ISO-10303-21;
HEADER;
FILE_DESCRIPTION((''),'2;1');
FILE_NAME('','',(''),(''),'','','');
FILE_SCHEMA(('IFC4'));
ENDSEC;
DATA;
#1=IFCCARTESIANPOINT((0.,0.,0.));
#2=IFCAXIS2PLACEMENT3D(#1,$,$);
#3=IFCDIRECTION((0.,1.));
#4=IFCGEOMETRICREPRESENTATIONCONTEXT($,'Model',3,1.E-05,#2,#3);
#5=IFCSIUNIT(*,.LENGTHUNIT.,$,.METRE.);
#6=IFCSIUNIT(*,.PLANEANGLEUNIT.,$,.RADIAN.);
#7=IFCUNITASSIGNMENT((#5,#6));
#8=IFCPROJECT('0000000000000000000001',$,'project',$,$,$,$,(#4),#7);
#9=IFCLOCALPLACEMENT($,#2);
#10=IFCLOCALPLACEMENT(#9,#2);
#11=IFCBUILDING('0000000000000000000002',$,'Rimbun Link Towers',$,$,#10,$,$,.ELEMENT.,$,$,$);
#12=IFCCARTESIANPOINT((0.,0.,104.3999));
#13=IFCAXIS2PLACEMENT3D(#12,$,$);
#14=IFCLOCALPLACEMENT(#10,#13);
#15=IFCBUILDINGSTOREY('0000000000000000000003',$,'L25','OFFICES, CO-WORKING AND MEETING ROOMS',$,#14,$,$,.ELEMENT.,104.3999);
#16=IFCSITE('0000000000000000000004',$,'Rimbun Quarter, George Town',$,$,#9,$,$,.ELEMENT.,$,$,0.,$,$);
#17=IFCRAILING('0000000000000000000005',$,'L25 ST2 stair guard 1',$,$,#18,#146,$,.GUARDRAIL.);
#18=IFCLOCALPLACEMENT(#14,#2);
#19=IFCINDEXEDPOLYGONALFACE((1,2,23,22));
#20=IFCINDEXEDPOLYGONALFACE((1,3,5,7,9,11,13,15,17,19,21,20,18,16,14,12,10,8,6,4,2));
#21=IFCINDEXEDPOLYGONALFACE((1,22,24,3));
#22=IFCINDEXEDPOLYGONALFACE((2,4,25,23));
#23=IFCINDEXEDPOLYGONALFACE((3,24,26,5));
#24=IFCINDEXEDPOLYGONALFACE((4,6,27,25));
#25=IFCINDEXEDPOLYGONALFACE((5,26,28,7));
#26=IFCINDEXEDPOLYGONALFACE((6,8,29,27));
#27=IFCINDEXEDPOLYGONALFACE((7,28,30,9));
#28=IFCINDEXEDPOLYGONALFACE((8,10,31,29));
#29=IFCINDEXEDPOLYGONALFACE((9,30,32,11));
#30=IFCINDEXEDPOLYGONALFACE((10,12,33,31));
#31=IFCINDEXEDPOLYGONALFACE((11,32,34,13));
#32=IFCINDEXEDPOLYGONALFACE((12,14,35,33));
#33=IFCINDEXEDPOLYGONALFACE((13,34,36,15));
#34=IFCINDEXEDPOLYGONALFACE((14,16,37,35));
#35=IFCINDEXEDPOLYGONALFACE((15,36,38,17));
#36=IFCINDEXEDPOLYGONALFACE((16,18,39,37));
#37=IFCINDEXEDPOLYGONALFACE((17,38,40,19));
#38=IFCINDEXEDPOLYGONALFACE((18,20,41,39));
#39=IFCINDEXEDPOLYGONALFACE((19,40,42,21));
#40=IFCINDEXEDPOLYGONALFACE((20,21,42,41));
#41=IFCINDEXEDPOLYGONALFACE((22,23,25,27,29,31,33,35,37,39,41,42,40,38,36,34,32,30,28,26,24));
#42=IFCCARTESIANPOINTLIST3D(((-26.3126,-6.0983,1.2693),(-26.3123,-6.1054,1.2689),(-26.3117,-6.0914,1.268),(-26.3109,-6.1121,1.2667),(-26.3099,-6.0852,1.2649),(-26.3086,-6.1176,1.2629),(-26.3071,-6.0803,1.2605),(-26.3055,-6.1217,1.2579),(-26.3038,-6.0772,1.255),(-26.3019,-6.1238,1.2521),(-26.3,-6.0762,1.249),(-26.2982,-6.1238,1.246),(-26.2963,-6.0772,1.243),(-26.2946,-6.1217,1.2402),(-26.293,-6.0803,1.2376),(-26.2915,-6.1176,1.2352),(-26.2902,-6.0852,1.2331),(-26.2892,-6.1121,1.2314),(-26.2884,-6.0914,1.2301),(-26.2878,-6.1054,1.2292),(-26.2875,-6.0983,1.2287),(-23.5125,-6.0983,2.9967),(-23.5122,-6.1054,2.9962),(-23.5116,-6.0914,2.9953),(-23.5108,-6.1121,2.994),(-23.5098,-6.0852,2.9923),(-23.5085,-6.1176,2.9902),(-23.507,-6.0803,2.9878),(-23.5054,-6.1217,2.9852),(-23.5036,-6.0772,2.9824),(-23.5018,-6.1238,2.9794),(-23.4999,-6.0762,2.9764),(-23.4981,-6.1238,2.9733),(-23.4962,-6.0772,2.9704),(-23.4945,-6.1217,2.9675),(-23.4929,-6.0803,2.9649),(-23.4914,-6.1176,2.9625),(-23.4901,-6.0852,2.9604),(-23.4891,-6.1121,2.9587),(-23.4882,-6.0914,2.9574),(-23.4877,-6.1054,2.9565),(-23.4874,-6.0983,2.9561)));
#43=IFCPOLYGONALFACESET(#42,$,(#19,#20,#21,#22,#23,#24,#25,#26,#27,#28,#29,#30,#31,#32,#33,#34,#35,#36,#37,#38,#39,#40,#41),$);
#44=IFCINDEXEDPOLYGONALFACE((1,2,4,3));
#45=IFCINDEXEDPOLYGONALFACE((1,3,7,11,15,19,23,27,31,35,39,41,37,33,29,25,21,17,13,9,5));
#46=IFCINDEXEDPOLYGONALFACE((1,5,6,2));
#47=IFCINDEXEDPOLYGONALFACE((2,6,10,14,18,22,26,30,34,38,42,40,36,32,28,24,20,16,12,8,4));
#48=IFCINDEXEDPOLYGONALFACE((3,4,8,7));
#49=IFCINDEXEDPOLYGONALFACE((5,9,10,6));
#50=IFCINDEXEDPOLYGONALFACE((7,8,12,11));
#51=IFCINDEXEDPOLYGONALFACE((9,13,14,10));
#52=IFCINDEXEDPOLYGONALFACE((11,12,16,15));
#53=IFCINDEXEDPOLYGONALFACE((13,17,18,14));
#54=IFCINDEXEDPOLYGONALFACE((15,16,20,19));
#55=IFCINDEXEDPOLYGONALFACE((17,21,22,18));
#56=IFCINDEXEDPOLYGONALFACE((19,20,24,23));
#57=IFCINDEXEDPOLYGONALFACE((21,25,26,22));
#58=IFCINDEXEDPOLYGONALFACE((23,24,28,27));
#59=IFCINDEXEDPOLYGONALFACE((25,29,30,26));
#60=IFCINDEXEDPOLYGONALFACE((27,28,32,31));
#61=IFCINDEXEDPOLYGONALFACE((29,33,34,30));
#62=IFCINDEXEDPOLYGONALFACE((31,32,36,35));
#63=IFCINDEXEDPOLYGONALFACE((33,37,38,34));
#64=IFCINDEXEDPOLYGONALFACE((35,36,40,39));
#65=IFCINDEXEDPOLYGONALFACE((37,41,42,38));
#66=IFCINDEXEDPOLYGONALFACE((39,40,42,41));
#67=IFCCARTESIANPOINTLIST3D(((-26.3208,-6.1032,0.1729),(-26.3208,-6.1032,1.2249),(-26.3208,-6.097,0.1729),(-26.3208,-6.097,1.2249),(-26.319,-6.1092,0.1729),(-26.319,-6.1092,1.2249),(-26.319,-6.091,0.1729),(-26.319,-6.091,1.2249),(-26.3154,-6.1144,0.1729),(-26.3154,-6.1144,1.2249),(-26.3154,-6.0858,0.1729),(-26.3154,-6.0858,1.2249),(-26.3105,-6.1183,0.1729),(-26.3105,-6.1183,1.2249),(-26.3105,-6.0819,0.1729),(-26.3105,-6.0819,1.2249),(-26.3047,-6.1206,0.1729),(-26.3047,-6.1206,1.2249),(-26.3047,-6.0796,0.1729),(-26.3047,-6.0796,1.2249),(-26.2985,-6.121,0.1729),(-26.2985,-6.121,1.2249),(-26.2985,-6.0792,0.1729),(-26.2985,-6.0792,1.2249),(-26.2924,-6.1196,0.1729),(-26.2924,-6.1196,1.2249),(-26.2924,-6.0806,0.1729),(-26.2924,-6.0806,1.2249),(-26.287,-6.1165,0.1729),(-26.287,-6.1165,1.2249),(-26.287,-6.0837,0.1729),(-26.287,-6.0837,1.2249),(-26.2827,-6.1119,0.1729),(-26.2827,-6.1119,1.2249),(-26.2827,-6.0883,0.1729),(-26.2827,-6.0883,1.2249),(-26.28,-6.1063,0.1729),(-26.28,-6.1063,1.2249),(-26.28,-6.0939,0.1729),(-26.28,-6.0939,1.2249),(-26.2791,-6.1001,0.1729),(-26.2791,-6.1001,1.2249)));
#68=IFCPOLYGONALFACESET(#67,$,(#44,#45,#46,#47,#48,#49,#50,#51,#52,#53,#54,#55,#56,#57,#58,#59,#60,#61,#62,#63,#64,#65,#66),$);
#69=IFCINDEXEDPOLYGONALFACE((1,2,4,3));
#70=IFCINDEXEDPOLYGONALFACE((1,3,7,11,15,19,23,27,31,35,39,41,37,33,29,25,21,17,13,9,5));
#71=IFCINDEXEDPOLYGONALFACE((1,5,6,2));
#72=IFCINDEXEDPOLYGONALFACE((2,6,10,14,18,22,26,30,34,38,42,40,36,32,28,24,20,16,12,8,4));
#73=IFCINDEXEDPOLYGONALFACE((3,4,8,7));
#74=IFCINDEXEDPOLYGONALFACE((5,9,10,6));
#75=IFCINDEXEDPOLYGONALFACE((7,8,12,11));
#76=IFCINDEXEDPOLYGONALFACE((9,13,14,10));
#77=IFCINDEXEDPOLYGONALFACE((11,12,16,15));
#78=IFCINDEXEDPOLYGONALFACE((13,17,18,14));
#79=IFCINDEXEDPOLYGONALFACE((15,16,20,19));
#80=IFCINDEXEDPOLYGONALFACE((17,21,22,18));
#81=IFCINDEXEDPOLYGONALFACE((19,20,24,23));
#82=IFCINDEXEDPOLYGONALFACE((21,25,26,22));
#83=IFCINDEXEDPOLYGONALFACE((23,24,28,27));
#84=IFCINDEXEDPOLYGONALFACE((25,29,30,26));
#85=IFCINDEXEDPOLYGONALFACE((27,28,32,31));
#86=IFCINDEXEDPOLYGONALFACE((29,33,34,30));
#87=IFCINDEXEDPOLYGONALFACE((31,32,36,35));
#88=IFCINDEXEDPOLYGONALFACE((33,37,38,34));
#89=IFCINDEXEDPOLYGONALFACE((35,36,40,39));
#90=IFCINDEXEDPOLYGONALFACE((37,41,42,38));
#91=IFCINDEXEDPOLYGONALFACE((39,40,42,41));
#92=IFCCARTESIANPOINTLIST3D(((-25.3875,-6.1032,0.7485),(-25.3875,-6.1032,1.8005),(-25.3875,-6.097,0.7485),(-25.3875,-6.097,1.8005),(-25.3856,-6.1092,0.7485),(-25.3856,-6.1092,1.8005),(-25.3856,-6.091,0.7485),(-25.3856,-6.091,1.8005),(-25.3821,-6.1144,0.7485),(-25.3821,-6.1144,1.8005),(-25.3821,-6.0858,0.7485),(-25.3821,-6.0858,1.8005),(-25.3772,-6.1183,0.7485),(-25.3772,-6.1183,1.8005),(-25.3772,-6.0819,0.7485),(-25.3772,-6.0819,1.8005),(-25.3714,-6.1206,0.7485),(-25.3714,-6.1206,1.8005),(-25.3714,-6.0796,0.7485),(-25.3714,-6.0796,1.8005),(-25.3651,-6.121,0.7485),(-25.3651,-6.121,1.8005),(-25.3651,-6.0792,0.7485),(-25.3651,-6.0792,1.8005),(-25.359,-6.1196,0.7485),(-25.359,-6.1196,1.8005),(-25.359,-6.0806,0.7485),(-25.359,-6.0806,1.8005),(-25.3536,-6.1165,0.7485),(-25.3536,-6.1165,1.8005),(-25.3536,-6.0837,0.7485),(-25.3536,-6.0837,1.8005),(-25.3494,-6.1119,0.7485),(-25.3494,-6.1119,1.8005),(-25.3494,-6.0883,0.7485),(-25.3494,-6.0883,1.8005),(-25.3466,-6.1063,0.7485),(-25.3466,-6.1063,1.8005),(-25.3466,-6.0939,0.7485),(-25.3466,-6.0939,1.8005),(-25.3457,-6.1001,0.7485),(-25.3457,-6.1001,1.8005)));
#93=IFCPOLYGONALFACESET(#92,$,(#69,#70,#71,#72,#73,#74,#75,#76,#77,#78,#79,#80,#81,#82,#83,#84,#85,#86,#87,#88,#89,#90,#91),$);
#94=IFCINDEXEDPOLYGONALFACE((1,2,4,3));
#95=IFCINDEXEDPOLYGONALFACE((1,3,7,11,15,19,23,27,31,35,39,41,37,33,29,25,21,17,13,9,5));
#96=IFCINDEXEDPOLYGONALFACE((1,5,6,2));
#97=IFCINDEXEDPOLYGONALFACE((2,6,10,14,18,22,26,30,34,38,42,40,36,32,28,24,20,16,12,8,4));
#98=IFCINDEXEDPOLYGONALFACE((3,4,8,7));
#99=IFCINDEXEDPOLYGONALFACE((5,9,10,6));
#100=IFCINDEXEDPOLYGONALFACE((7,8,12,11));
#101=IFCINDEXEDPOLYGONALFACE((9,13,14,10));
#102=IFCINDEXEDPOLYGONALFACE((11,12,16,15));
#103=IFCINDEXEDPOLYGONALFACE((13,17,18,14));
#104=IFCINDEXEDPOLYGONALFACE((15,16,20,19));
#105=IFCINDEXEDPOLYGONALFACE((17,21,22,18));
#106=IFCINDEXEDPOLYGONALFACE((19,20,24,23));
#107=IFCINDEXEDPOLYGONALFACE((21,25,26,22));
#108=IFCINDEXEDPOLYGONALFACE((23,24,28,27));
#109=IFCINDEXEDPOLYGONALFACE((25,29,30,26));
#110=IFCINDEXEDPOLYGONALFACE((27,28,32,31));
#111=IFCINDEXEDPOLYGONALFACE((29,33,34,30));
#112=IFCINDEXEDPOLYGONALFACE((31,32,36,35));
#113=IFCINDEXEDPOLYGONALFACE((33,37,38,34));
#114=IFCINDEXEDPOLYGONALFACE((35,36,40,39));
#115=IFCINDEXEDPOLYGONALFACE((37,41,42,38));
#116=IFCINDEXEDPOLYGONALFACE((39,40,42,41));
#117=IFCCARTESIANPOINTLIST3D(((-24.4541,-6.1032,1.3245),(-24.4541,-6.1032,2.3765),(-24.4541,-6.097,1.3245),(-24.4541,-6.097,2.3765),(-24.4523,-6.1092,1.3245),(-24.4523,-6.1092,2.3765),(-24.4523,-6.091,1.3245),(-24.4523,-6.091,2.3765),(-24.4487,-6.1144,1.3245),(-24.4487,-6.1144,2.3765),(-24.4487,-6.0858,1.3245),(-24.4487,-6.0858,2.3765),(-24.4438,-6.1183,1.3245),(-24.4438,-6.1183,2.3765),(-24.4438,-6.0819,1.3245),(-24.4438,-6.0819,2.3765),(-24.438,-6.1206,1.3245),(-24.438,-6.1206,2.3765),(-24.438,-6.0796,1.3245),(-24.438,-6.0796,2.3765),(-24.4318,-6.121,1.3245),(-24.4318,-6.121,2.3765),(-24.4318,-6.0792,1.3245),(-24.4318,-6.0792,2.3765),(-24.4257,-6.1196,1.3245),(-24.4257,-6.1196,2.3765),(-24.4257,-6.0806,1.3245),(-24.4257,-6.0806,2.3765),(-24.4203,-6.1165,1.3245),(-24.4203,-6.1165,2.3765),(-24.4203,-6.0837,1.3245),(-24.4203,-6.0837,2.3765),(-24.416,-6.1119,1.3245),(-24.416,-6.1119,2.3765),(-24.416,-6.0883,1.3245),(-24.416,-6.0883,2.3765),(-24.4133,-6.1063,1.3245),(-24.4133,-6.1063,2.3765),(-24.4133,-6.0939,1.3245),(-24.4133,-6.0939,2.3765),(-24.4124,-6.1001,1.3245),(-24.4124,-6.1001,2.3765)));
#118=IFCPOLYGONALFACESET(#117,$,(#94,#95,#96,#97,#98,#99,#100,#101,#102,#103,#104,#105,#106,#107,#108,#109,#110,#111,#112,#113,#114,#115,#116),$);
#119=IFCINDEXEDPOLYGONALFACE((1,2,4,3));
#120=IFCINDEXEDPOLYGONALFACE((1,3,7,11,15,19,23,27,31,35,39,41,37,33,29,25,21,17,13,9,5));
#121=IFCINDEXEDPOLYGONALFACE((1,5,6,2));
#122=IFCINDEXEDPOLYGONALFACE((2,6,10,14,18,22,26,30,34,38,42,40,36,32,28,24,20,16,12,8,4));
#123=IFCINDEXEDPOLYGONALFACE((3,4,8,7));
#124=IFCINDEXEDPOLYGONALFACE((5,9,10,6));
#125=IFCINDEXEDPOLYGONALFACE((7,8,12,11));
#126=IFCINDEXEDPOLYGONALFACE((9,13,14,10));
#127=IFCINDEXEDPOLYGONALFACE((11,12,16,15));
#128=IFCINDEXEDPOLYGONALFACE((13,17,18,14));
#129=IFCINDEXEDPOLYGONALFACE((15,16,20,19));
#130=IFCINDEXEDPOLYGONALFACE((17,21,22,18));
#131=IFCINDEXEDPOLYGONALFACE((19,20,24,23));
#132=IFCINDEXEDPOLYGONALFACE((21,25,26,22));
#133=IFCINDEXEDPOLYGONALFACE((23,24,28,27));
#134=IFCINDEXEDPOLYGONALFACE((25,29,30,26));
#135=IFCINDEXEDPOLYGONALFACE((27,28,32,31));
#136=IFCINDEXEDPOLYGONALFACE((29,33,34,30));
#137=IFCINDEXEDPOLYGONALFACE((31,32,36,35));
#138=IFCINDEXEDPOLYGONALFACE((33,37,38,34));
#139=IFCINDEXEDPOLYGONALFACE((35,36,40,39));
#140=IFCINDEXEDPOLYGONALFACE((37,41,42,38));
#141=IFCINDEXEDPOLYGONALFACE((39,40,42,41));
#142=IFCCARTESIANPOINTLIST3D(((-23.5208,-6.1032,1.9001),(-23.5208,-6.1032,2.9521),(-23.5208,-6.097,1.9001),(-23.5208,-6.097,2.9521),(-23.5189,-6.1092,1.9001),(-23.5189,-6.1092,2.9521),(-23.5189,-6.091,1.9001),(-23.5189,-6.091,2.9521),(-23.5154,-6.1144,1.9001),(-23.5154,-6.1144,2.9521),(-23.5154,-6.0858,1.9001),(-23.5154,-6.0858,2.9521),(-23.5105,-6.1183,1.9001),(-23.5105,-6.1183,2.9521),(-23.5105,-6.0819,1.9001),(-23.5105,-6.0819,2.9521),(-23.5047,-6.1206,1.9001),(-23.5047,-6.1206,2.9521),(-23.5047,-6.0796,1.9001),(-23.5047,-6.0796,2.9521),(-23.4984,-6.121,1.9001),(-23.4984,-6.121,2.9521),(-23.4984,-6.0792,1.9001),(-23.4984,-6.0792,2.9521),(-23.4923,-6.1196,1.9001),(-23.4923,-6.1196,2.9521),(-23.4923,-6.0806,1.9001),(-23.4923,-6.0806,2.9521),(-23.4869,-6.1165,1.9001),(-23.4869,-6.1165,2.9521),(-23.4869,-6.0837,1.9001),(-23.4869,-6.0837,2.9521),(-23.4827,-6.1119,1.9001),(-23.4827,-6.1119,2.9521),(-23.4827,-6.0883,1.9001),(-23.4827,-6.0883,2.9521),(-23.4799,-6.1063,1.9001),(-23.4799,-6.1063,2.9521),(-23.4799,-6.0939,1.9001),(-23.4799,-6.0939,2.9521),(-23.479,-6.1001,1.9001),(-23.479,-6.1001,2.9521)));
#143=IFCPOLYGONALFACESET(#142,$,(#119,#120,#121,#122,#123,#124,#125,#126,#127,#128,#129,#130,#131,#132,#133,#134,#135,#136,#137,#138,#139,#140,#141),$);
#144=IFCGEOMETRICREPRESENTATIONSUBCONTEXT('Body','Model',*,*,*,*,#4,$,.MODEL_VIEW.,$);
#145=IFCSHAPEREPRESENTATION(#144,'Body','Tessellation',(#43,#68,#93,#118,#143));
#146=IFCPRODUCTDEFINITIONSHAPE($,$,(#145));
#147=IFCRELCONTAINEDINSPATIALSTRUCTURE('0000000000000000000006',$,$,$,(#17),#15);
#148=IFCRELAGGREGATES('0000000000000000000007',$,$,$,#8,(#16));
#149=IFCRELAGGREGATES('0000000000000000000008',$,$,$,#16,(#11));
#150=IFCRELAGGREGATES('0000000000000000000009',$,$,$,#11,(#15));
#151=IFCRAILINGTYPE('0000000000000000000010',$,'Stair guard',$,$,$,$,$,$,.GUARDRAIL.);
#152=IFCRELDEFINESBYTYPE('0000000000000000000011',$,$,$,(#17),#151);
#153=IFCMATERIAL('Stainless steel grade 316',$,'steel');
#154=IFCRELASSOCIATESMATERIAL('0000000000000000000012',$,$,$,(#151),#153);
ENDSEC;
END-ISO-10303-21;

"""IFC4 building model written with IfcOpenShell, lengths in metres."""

from ifc_helpers import new_model, si_unit, direction, frame, origin, origin_2d, place, context, subcontext, project, spatial, circle, extrude, material, type_object, element, save


model = new_model("IFC4")

# Units and contexts
model_context = context("Model", 3, precision=1e-05, world=origin(), true_north=direction((0.0, 1.0)))
body_context = subcontext(model_context, "Body", "Model", "MODEL_VIEW")
ifc_project = project(units=[si_unit("LENGTHUNIT", "METRE"), si_unit("PLANEANGLEUNIT", "RADIAN")], contexts=[model_context])

# Site, building, storey
site_placement = place(None, origin())
site = spatial("IfcSite", under=ifc_project, at=site_placement, Name="Rimbun Quarter, George Town", CompositionType="ELEMENT", RefElevation=0.0)
building_placement = place(site_placement, origin())
building = spatial("IfcBuilding", under=site, at=building_placement, Name="Rimbun Link Towers", CompositionType="ELEMENT")
storey_placement = place(building_placement, frame((0.0, 0.0, 104.3999)))
storey = spatial("IfcBuildingStorey", under=building, at=storey_placement, Name="L25", Description="OFFICES, CO-WORKING AND MEETING ROOMS", CompositionType="ELEMENT", Elevation=104.3999)

# Railing
ifc_material_1 = material(Name="Stainless steel grade 316", Category="steel")
railing_type_1 = type_object("IfcRailingType", Name="Stair guard", PredefinedType="GUARDRAIL", material=ifc_material_1)
railing_1_placement = place(storey_placement, frame((-26.3, -6.1001, 0.1729)))
element("IfcRailing", 1, at=railing_1_placement, inside=storey, type_object=railing_type_1, Name="L25 ST2 stair guard 1", PredefinedType="GUARDRAIL", context=body_context, shape_type="SweptSolid", body=[
    extrude(circle(Radius=0.0239, at=origin_2d()), frame((0.0, 0.0, 1.0762), z_axis=(0.85109, 0.0, 0.52502), x_axis=(0.0, 1.0, 0.0)), (0.0, 0.0, 1.0), 3.29),
    extrude(circle(Radius=0.021, at=origin_2d()), origin(), (0.0, 0.0, 1.0), 1.052),
    extrude(circle(Radius=0.021, at=origin_2d()), frame((0.9333, 0.0, 0.5757)), (0.0, 0.0, 1.0), 1.052),
    extrude(circle(Radius=0.021, at=origin_2d()), frame((1.8667, 0.0, 1.1516)), (0.0, 0.0, 1.0), 1.052),
    extrude(circle(Radius=0.021, at=origin_2d()), frame((2.8, 0.0, 1.7273)), (0.0, 0.0, 1.0), 1.052),
])

save(model, "model.ifc")
